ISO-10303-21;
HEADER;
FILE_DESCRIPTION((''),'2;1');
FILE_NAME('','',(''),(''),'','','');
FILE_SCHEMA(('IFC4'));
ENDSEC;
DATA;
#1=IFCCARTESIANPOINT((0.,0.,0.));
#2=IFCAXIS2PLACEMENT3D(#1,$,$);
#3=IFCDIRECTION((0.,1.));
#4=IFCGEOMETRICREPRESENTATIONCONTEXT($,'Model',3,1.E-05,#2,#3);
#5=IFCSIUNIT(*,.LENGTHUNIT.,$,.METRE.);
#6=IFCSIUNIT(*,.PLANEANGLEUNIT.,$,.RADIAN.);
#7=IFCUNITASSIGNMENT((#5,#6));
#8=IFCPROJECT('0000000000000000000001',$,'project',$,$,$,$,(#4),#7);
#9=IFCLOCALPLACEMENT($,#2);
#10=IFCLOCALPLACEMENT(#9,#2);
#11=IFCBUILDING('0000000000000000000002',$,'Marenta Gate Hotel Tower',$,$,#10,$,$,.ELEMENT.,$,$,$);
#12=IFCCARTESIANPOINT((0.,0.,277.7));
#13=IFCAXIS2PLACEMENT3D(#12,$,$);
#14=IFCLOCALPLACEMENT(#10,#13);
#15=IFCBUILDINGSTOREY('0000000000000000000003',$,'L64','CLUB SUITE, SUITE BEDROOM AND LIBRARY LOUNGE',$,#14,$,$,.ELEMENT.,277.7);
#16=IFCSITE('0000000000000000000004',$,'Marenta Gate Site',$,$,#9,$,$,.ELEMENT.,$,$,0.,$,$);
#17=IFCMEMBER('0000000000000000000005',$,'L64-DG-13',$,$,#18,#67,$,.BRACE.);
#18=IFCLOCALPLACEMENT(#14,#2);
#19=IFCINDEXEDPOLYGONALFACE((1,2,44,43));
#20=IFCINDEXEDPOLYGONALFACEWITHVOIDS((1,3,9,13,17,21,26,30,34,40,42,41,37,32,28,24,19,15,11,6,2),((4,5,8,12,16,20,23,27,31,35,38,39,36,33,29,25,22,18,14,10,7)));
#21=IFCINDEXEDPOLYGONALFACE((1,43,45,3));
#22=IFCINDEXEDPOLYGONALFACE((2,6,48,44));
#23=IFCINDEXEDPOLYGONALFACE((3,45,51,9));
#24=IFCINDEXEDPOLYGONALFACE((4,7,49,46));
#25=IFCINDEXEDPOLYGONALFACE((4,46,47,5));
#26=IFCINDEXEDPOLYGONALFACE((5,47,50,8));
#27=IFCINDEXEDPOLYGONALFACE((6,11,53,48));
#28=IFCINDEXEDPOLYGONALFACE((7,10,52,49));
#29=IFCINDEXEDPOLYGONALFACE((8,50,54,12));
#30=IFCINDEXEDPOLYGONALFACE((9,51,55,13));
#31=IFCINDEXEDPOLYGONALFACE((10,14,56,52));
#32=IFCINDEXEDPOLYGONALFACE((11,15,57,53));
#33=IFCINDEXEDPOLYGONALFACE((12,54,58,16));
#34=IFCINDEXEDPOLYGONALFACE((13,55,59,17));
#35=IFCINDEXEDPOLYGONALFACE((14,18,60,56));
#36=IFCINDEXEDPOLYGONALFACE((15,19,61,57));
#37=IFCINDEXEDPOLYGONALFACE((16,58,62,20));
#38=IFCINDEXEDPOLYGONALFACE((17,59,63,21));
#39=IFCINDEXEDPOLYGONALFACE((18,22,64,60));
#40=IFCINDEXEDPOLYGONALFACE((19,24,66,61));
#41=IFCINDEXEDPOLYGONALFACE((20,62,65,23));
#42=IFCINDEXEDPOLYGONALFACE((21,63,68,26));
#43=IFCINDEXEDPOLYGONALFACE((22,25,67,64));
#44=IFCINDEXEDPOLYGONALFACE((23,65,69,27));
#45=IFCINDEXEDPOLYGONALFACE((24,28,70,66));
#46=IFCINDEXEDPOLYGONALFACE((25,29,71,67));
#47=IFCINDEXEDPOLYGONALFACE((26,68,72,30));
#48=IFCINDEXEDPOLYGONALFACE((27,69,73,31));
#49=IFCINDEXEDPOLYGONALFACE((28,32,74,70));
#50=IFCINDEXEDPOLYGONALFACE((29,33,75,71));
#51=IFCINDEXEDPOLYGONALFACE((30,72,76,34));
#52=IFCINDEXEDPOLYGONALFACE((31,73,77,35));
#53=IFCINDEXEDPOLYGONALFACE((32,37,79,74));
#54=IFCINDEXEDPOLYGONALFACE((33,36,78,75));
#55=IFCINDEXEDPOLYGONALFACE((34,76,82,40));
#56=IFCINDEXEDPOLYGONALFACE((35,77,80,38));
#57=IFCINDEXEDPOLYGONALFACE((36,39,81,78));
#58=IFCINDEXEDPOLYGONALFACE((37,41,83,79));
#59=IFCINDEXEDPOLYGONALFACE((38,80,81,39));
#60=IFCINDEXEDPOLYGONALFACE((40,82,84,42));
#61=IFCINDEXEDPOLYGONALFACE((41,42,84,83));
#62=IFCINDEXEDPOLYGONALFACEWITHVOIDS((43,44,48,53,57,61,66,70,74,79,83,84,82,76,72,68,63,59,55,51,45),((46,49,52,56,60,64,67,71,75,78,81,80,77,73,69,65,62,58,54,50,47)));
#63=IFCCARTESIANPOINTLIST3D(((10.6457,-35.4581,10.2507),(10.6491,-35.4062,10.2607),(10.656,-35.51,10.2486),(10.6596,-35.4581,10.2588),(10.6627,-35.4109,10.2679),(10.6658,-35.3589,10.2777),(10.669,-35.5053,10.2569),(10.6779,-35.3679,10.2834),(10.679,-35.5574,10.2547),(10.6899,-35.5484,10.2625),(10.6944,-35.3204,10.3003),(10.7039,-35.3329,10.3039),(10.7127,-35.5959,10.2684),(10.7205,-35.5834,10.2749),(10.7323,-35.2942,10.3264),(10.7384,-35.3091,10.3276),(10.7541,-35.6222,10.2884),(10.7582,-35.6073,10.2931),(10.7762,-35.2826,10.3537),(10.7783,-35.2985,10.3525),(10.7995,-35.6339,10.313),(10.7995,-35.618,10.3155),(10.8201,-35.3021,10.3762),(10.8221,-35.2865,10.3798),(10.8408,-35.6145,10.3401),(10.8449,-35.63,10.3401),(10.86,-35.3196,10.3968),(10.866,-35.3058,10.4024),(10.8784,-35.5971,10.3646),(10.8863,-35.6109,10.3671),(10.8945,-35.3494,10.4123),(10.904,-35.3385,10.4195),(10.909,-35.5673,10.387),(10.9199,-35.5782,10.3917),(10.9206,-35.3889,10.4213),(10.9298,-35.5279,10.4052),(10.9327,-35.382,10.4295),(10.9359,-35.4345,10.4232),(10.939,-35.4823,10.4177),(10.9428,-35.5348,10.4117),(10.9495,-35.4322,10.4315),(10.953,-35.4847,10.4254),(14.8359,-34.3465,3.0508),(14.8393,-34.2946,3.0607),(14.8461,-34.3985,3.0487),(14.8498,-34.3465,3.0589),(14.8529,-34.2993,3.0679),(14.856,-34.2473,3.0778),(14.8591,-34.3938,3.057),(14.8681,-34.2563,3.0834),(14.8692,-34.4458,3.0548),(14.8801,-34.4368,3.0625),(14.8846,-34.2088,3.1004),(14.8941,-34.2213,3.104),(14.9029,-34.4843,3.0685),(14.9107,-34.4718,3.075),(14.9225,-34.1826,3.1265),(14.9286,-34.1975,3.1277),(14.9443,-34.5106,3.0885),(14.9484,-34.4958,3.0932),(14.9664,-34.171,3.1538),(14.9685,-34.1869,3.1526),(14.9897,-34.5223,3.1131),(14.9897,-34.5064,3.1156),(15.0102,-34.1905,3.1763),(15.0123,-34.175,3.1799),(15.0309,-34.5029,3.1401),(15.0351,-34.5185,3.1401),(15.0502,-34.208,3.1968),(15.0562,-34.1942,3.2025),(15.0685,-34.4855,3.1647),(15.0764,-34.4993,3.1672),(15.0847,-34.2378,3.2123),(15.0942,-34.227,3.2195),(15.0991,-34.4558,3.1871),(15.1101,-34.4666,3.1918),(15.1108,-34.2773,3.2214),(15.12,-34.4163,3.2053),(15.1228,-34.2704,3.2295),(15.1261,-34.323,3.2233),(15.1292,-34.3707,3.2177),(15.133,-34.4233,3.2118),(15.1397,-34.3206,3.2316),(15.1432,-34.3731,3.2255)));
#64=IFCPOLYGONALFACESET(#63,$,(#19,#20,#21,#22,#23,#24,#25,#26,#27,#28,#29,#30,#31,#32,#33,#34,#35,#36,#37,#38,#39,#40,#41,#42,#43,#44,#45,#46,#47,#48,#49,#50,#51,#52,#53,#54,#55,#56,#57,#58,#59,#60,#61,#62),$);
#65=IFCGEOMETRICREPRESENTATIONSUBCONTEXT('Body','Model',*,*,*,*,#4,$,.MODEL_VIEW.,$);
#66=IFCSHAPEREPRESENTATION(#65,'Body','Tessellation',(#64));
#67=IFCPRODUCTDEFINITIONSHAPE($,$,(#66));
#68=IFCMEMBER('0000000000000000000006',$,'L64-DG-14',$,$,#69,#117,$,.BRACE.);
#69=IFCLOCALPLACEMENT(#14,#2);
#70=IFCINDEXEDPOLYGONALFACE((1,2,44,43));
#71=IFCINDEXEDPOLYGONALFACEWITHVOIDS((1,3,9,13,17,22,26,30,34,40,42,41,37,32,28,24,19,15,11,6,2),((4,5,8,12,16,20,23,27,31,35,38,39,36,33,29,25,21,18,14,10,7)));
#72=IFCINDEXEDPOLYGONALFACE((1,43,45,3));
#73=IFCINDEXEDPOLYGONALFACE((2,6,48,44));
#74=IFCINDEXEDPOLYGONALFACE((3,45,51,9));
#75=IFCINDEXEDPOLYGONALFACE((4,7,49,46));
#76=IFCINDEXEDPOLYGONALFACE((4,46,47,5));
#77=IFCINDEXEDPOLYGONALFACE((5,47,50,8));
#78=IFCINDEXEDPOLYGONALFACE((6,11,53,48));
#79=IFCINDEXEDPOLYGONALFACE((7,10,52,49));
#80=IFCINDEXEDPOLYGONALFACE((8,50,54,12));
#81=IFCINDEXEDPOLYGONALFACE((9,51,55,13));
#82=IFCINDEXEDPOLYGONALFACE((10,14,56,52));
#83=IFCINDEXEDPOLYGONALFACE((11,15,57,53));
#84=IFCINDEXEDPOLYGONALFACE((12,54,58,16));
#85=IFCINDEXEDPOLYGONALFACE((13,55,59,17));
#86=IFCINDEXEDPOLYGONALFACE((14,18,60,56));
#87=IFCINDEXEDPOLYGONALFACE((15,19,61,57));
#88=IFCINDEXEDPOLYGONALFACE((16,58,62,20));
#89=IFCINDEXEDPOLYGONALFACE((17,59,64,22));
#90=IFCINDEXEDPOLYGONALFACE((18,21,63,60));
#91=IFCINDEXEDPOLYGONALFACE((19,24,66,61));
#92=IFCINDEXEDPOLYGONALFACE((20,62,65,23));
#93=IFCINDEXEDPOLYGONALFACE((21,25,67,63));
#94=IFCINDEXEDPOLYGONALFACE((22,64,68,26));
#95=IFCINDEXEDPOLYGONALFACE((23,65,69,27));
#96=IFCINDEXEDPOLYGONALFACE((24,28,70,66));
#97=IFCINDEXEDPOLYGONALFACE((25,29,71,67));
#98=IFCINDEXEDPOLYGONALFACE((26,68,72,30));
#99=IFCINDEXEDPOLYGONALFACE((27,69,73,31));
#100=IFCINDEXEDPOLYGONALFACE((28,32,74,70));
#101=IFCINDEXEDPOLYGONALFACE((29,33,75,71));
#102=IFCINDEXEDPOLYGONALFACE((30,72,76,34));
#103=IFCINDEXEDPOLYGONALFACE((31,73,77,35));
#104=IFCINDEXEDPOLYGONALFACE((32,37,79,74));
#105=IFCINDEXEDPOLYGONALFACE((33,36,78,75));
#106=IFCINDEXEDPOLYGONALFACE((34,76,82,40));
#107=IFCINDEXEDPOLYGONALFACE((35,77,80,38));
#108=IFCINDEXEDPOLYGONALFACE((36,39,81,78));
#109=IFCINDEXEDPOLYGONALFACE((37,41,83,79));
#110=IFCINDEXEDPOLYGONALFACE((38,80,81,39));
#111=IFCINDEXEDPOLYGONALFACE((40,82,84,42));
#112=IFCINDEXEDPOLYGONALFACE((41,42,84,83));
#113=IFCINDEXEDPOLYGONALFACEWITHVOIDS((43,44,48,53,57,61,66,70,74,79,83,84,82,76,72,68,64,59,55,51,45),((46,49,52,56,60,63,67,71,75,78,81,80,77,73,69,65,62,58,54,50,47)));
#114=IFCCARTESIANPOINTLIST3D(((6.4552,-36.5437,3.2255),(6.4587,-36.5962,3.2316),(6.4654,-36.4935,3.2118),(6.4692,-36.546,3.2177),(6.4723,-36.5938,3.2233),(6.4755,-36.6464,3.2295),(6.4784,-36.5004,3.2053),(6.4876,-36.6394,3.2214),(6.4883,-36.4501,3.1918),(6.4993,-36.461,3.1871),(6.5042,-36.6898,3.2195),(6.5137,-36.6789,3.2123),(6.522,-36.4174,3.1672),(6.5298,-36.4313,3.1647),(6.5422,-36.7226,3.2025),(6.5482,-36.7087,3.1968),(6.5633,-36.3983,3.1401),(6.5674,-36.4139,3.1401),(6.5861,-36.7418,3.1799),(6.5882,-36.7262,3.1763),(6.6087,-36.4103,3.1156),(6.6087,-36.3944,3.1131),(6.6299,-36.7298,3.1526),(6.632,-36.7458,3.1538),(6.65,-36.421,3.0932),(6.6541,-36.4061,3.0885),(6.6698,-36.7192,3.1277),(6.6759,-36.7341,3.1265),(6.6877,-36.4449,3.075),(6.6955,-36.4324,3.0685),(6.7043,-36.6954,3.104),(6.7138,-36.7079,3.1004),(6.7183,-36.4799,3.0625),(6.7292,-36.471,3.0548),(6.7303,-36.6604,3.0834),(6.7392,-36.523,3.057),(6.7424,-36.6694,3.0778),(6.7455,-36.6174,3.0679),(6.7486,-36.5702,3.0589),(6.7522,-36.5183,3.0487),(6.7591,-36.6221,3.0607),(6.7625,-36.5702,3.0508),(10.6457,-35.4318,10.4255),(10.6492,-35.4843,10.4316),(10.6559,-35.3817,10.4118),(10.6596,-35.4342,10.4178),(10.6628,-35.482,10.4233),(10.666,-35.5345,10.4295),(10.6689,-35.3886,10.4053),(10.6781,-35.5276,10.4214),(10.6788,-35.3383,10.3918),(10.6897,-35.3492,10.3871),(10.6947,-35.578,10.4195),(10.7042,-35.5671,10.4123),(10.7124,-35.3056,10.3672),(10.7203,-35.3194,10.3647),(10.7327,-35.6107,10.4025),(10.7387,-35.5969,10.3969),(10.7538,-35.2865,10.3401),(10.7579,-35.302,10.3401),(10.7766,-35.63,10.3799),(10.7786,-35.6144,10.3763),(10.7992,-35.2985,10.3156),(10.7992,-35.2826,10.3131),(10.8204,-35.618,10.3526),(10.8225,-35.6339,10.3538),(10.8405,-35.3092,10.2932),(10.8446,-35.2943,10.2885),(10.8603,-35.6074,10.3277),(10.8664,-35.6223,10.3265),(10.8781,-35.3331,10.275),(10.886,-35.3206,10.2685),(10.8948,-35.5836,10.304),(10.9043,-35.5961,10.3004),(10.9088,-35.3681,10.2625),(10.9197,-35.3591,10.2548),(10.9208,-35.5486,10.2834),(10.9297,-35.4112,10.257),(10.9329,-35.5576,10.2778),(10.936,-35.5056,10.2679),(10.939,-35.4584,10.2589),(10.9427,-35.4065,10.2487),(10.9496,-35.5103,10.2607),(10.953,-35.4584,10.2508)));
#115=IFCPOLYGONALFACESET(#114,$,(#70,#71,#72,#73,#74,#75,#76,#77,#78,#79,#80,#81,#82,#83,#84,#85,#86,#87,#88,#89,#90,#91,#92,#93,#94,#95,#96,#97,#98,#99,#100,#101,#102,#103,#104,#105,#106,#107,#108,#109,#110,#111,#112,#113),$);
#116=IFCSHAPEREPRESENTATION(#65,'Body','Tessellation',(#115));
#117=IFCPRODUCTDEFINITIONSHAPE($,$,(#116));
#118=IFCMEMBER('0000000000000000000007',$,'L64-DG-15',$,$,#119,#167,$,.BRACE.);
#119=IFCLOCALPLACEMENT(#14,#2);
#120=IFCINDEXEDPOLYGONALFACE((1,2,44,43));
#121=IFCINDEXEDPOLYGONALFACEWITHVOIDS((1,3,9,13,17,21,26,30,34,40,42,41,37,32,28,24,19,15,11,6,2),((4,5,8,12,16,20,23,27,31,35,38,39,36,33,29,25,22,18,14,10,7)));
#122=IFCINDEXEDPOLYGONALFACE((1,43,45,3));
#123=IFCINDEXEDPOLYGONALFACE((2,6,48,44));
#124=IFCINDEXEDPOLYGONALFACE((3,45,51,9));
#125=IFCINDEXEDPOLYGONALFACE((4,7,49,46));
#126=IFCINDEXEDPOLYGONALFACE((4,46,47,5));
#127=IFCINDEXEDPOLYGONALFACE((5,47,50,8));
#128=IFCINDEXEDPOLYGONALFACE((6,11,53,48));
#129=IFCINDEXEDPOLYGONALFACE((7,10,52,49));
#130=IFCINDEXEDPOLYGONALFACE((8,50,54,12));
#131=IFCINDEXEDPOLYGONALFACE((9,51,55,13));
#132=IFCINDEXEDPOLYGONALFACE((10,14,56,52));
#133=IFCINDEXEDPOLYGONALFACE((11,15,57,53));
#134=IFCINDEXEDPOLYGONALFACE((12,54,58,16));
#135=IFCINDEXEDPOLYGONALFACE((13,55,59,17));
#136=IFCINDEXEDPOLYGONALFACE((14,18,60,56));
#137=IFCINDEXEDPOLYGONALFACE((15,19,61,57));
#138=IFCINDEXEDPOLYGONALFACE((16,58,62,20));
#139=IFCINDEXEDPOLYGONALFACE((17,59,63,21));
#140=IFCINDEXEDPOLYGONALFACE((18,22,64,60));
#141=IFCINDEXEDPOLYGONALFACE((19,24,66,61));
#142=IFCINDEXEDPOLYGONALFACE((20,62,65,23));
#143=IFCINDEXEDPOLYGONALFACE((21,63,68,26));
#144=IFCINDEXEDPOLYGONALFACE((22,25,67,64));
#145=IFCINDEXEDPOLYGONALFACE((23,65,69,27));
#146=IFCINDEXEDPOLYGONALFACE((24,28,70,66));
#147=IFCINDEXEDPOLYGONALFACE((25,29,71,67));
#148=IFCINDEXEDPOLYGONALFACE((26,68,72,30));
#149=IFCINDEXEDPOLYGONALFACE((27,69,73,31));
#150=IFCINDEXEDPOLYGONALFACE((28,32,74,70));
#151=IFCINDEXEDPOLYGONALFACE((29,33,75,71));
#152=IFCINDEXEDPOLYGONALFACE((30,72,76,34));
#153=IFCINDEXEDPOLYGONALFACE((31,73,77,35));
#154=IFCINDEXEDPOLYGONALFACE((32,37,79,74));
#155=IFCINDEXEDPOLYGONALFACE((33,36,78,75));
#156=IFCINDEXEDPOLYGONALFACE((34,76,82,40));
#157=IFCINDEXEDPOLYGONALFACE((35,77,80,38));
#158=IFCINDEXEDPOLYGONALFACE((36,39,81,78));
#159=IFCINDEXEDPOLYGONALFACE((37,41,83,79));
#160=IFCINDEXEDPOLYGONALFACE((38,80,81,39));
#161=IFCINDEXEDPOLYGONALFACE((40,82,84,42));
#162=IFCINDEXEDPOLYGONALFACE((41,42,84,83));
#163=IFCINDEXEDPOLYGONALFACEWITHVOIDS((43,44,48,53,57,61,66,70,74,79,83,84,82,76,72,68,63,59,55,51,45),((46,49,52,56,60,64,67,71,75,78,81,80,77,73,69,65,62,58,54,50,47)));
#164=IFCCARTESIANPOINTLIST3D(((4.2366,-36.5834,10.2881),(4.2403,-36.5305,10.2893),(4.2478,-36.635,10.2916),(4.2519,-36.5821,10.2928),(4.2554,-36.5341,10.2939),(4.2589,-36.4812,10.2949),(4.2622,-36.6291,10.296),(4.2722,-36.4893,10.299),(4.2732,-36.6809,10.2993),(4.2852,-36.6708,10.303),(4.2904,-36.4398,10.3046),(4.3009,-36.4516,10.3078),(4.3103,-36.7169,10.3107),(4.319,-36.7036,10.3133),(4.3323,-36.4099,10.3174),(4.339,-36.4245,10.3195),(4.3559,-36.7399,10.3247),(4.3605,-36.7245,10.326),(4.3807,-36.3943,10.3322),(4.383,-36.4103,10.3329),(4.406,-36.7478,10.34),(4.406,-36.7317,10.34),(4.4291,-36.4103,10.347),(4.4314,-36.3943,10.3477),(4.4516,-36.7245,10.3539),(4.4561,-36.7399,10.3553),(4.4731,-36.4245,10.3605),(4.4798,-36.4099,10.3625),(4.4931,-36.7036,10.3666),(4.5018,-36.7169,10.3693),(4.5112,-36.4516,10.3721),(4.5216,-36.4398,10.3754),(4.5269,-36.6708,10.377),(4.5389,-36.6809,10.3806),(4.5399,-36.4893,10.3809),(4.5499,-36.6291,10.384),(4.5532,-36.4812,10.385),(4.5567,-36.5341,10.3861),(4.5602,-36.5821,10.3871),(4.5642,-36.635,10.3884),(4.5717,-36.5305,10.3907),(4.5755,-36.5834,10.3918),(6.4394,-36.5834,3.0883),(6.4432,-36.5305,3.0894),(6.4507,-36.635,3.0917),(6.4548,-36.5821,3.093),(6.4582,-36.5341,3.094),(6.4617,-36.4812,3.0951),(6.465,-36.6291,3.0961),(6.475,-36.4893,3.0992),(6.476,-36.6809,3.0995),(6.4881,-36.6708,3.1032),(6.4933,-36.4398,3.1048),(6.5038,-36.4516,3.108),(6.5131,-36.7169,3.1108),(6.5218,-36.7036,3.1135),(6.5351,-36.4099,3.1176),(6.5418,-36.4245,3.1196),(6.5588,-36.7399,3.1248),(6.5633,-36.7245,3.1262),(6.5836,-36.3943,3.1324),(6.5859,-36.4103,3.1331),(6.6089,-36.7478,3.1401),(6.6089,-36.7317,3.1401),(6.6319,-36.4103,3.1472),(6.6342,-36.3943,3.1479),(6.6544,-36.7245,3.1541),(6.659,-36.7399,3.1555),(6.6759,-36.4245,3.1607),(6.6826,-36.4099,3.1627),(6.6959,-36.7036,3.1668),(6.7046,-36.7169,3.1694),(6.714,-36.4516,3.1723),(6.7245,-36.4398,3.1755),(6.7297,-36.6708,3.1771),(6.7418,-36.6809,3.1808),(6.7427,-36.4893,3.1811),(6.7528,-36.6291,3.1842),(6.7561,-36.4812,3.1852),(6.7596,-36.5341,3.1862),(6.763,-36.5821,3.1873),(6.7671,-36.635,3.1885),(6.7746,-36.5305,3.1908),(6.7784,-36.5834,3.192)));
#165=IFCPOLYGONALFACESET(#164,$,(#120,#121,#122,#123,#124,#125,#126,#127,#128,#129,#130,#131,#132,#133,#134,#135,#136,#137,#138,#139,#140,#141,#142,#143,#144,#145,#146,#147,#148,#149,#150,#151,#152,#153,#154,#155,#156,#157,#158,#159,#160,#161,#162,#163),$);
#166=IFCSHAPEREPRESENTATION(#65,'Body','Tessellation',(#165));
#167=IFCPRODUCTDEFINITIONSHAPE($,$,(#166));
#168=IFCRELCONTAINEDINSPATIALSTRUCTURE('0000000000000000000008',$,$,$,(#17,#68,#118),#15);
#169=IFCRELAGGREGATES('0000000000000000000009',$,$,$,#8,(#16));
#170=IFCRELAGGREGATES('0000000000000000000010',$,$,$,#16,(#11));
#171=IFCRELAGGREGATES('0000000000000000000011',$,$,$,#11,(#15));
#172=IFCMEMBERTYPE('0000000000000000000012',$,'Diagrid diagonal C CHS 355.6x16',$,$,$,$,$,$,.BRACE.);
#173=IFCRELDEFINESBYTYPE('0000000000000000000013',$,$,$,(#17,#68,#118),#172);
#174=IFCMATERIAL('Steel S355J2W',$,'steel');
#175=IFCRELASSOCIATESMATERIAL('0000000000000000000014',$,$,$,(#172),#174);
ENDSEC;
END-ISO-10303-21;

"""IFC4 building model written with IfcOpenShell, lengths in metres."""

from ifc_helpers import new_model, si_unit, direction, frame, origin, origin_2d, place, context, subcontext, project, spatial, hollow_circle, extrude, material, material_profile, profile_set, type_object, element, save


model = new_model("IFC4")

# Units and contexts
model_context = context("Model", 3, precision=1e-05, world=origin(), true_north=direction((0.0, 1.0)))
body_context = subcontext(model_context, "Body", "Model", "MODEL_VIEW")
ifc_project = project(units=[si_unit("LENGTHUNIT", "METRE"), si_unit("PLANEANGLEUNIT", "RADIAN")], contexts=[model_context])

# Site, building, storey
site_placement = place(None, origin())
site = spatial("IfcSite", under=ifc_project, at=site_placement, Name="Marenta Gate Site", CompositionType="ELEMENT", RefElevation=0.0)
building_placement = place(site_placement, origin())
building = spatial("IfcBuilding", under=site, at=building_placement, Name="Marenta Gate Hotel Tower", CompositionType="ELEMENT")
storey_placement = place(building_placement, frame((0.0, 0.0, 277.7)))
storey = spatial("IfcBuildingStorey", under=building, at=storey_placement, Name="L64", Description="CLUB SUITE, SUITE BEDROOM AND LIBRARY LOUNGE", CompositionType="ELEMENT", Elevation=277.7)

# Members
ifc_material_1 = material(Name="Steel S355J2W", Category="steel")
ifc_material_profile_1 = material_profile(ifc_material_1, hollow_circle(Radius=0.1777, WallThickness=0.0161, at=origin_2d()), Name="CHS 355.6x16")
ifc_profile_set_1 = profile_set([ifc_material_profile_1], Name="Steel S355J2W")
member_type_1 = type_object("IfcMemberType", Name="Diagrid diagonal C CHS 355.6x16", PredefinedType="BRACE", material=ifc_profile_set_1)
for number, where, z_axis, x_axis, name in (
    (1, (14.9895, -34.3467, 3.1401), (-0.498575, -0.132262, 0.856697), (0.256411, -0.966568, 0.0), "L64-DG-13"),
):
    element("IfcMember", number, at=place(storey_placement, frame(where, z_axis=z_axis, x_axis=x_axis)), inside=storey, type_object=member_type_1, Name=name, PredefinedType="BRACE", context=body_context, shape_type="SweptSolid", body=[
        extrude(hollow_circle(Radius=0.1777, WallThickness=0.0161, at=origin_2d()), origin(), (0.0, 0.0, 1.0), 8.4043),
    ])
member_1_placement = place(storey_placement, frame((6.6089, -36.5701, 3.1401), z_axis=(0.498595, 0.132289, 0.856681), x_axis=(-0.25645, 0.966558, 0.0)))
element("IfcMember", 2, at=member_1_placement, inside=storey, type_object=member_type_1, Name="L64-DG-14", PredefinedType="BRACE", context=body_context, shape_type="SweptSolid", body=[
    extrude(hollow_circle(Radius=0.1777, WallThickness=0.0161, at=origin_2d()), origin(), (0.0, 0.0, 1.0), 8.4045),
])
member_2_placement = place(storey_placement, frame((6.6089, -36.5701, 3.1401), z_axis=(-0.29257, 0.0, 0.956244), x_axis=(0.0, -1.0, 0.0)))
element("IfcMember", 3, at=member_2_placement, inside=storey, type_object=member_type_1, Name="L64-DG-15", PredefinedType="BRACE", context=body_context, shape_type="SweptSolid", body=[
    extrude(hollow_circle(Radius=0.1777, WallThickness=0.0161, at=origin_2d()), origin(), (0.0, 0.0, 1.0), 7.5293),
])

save(model, "model.ifc")
